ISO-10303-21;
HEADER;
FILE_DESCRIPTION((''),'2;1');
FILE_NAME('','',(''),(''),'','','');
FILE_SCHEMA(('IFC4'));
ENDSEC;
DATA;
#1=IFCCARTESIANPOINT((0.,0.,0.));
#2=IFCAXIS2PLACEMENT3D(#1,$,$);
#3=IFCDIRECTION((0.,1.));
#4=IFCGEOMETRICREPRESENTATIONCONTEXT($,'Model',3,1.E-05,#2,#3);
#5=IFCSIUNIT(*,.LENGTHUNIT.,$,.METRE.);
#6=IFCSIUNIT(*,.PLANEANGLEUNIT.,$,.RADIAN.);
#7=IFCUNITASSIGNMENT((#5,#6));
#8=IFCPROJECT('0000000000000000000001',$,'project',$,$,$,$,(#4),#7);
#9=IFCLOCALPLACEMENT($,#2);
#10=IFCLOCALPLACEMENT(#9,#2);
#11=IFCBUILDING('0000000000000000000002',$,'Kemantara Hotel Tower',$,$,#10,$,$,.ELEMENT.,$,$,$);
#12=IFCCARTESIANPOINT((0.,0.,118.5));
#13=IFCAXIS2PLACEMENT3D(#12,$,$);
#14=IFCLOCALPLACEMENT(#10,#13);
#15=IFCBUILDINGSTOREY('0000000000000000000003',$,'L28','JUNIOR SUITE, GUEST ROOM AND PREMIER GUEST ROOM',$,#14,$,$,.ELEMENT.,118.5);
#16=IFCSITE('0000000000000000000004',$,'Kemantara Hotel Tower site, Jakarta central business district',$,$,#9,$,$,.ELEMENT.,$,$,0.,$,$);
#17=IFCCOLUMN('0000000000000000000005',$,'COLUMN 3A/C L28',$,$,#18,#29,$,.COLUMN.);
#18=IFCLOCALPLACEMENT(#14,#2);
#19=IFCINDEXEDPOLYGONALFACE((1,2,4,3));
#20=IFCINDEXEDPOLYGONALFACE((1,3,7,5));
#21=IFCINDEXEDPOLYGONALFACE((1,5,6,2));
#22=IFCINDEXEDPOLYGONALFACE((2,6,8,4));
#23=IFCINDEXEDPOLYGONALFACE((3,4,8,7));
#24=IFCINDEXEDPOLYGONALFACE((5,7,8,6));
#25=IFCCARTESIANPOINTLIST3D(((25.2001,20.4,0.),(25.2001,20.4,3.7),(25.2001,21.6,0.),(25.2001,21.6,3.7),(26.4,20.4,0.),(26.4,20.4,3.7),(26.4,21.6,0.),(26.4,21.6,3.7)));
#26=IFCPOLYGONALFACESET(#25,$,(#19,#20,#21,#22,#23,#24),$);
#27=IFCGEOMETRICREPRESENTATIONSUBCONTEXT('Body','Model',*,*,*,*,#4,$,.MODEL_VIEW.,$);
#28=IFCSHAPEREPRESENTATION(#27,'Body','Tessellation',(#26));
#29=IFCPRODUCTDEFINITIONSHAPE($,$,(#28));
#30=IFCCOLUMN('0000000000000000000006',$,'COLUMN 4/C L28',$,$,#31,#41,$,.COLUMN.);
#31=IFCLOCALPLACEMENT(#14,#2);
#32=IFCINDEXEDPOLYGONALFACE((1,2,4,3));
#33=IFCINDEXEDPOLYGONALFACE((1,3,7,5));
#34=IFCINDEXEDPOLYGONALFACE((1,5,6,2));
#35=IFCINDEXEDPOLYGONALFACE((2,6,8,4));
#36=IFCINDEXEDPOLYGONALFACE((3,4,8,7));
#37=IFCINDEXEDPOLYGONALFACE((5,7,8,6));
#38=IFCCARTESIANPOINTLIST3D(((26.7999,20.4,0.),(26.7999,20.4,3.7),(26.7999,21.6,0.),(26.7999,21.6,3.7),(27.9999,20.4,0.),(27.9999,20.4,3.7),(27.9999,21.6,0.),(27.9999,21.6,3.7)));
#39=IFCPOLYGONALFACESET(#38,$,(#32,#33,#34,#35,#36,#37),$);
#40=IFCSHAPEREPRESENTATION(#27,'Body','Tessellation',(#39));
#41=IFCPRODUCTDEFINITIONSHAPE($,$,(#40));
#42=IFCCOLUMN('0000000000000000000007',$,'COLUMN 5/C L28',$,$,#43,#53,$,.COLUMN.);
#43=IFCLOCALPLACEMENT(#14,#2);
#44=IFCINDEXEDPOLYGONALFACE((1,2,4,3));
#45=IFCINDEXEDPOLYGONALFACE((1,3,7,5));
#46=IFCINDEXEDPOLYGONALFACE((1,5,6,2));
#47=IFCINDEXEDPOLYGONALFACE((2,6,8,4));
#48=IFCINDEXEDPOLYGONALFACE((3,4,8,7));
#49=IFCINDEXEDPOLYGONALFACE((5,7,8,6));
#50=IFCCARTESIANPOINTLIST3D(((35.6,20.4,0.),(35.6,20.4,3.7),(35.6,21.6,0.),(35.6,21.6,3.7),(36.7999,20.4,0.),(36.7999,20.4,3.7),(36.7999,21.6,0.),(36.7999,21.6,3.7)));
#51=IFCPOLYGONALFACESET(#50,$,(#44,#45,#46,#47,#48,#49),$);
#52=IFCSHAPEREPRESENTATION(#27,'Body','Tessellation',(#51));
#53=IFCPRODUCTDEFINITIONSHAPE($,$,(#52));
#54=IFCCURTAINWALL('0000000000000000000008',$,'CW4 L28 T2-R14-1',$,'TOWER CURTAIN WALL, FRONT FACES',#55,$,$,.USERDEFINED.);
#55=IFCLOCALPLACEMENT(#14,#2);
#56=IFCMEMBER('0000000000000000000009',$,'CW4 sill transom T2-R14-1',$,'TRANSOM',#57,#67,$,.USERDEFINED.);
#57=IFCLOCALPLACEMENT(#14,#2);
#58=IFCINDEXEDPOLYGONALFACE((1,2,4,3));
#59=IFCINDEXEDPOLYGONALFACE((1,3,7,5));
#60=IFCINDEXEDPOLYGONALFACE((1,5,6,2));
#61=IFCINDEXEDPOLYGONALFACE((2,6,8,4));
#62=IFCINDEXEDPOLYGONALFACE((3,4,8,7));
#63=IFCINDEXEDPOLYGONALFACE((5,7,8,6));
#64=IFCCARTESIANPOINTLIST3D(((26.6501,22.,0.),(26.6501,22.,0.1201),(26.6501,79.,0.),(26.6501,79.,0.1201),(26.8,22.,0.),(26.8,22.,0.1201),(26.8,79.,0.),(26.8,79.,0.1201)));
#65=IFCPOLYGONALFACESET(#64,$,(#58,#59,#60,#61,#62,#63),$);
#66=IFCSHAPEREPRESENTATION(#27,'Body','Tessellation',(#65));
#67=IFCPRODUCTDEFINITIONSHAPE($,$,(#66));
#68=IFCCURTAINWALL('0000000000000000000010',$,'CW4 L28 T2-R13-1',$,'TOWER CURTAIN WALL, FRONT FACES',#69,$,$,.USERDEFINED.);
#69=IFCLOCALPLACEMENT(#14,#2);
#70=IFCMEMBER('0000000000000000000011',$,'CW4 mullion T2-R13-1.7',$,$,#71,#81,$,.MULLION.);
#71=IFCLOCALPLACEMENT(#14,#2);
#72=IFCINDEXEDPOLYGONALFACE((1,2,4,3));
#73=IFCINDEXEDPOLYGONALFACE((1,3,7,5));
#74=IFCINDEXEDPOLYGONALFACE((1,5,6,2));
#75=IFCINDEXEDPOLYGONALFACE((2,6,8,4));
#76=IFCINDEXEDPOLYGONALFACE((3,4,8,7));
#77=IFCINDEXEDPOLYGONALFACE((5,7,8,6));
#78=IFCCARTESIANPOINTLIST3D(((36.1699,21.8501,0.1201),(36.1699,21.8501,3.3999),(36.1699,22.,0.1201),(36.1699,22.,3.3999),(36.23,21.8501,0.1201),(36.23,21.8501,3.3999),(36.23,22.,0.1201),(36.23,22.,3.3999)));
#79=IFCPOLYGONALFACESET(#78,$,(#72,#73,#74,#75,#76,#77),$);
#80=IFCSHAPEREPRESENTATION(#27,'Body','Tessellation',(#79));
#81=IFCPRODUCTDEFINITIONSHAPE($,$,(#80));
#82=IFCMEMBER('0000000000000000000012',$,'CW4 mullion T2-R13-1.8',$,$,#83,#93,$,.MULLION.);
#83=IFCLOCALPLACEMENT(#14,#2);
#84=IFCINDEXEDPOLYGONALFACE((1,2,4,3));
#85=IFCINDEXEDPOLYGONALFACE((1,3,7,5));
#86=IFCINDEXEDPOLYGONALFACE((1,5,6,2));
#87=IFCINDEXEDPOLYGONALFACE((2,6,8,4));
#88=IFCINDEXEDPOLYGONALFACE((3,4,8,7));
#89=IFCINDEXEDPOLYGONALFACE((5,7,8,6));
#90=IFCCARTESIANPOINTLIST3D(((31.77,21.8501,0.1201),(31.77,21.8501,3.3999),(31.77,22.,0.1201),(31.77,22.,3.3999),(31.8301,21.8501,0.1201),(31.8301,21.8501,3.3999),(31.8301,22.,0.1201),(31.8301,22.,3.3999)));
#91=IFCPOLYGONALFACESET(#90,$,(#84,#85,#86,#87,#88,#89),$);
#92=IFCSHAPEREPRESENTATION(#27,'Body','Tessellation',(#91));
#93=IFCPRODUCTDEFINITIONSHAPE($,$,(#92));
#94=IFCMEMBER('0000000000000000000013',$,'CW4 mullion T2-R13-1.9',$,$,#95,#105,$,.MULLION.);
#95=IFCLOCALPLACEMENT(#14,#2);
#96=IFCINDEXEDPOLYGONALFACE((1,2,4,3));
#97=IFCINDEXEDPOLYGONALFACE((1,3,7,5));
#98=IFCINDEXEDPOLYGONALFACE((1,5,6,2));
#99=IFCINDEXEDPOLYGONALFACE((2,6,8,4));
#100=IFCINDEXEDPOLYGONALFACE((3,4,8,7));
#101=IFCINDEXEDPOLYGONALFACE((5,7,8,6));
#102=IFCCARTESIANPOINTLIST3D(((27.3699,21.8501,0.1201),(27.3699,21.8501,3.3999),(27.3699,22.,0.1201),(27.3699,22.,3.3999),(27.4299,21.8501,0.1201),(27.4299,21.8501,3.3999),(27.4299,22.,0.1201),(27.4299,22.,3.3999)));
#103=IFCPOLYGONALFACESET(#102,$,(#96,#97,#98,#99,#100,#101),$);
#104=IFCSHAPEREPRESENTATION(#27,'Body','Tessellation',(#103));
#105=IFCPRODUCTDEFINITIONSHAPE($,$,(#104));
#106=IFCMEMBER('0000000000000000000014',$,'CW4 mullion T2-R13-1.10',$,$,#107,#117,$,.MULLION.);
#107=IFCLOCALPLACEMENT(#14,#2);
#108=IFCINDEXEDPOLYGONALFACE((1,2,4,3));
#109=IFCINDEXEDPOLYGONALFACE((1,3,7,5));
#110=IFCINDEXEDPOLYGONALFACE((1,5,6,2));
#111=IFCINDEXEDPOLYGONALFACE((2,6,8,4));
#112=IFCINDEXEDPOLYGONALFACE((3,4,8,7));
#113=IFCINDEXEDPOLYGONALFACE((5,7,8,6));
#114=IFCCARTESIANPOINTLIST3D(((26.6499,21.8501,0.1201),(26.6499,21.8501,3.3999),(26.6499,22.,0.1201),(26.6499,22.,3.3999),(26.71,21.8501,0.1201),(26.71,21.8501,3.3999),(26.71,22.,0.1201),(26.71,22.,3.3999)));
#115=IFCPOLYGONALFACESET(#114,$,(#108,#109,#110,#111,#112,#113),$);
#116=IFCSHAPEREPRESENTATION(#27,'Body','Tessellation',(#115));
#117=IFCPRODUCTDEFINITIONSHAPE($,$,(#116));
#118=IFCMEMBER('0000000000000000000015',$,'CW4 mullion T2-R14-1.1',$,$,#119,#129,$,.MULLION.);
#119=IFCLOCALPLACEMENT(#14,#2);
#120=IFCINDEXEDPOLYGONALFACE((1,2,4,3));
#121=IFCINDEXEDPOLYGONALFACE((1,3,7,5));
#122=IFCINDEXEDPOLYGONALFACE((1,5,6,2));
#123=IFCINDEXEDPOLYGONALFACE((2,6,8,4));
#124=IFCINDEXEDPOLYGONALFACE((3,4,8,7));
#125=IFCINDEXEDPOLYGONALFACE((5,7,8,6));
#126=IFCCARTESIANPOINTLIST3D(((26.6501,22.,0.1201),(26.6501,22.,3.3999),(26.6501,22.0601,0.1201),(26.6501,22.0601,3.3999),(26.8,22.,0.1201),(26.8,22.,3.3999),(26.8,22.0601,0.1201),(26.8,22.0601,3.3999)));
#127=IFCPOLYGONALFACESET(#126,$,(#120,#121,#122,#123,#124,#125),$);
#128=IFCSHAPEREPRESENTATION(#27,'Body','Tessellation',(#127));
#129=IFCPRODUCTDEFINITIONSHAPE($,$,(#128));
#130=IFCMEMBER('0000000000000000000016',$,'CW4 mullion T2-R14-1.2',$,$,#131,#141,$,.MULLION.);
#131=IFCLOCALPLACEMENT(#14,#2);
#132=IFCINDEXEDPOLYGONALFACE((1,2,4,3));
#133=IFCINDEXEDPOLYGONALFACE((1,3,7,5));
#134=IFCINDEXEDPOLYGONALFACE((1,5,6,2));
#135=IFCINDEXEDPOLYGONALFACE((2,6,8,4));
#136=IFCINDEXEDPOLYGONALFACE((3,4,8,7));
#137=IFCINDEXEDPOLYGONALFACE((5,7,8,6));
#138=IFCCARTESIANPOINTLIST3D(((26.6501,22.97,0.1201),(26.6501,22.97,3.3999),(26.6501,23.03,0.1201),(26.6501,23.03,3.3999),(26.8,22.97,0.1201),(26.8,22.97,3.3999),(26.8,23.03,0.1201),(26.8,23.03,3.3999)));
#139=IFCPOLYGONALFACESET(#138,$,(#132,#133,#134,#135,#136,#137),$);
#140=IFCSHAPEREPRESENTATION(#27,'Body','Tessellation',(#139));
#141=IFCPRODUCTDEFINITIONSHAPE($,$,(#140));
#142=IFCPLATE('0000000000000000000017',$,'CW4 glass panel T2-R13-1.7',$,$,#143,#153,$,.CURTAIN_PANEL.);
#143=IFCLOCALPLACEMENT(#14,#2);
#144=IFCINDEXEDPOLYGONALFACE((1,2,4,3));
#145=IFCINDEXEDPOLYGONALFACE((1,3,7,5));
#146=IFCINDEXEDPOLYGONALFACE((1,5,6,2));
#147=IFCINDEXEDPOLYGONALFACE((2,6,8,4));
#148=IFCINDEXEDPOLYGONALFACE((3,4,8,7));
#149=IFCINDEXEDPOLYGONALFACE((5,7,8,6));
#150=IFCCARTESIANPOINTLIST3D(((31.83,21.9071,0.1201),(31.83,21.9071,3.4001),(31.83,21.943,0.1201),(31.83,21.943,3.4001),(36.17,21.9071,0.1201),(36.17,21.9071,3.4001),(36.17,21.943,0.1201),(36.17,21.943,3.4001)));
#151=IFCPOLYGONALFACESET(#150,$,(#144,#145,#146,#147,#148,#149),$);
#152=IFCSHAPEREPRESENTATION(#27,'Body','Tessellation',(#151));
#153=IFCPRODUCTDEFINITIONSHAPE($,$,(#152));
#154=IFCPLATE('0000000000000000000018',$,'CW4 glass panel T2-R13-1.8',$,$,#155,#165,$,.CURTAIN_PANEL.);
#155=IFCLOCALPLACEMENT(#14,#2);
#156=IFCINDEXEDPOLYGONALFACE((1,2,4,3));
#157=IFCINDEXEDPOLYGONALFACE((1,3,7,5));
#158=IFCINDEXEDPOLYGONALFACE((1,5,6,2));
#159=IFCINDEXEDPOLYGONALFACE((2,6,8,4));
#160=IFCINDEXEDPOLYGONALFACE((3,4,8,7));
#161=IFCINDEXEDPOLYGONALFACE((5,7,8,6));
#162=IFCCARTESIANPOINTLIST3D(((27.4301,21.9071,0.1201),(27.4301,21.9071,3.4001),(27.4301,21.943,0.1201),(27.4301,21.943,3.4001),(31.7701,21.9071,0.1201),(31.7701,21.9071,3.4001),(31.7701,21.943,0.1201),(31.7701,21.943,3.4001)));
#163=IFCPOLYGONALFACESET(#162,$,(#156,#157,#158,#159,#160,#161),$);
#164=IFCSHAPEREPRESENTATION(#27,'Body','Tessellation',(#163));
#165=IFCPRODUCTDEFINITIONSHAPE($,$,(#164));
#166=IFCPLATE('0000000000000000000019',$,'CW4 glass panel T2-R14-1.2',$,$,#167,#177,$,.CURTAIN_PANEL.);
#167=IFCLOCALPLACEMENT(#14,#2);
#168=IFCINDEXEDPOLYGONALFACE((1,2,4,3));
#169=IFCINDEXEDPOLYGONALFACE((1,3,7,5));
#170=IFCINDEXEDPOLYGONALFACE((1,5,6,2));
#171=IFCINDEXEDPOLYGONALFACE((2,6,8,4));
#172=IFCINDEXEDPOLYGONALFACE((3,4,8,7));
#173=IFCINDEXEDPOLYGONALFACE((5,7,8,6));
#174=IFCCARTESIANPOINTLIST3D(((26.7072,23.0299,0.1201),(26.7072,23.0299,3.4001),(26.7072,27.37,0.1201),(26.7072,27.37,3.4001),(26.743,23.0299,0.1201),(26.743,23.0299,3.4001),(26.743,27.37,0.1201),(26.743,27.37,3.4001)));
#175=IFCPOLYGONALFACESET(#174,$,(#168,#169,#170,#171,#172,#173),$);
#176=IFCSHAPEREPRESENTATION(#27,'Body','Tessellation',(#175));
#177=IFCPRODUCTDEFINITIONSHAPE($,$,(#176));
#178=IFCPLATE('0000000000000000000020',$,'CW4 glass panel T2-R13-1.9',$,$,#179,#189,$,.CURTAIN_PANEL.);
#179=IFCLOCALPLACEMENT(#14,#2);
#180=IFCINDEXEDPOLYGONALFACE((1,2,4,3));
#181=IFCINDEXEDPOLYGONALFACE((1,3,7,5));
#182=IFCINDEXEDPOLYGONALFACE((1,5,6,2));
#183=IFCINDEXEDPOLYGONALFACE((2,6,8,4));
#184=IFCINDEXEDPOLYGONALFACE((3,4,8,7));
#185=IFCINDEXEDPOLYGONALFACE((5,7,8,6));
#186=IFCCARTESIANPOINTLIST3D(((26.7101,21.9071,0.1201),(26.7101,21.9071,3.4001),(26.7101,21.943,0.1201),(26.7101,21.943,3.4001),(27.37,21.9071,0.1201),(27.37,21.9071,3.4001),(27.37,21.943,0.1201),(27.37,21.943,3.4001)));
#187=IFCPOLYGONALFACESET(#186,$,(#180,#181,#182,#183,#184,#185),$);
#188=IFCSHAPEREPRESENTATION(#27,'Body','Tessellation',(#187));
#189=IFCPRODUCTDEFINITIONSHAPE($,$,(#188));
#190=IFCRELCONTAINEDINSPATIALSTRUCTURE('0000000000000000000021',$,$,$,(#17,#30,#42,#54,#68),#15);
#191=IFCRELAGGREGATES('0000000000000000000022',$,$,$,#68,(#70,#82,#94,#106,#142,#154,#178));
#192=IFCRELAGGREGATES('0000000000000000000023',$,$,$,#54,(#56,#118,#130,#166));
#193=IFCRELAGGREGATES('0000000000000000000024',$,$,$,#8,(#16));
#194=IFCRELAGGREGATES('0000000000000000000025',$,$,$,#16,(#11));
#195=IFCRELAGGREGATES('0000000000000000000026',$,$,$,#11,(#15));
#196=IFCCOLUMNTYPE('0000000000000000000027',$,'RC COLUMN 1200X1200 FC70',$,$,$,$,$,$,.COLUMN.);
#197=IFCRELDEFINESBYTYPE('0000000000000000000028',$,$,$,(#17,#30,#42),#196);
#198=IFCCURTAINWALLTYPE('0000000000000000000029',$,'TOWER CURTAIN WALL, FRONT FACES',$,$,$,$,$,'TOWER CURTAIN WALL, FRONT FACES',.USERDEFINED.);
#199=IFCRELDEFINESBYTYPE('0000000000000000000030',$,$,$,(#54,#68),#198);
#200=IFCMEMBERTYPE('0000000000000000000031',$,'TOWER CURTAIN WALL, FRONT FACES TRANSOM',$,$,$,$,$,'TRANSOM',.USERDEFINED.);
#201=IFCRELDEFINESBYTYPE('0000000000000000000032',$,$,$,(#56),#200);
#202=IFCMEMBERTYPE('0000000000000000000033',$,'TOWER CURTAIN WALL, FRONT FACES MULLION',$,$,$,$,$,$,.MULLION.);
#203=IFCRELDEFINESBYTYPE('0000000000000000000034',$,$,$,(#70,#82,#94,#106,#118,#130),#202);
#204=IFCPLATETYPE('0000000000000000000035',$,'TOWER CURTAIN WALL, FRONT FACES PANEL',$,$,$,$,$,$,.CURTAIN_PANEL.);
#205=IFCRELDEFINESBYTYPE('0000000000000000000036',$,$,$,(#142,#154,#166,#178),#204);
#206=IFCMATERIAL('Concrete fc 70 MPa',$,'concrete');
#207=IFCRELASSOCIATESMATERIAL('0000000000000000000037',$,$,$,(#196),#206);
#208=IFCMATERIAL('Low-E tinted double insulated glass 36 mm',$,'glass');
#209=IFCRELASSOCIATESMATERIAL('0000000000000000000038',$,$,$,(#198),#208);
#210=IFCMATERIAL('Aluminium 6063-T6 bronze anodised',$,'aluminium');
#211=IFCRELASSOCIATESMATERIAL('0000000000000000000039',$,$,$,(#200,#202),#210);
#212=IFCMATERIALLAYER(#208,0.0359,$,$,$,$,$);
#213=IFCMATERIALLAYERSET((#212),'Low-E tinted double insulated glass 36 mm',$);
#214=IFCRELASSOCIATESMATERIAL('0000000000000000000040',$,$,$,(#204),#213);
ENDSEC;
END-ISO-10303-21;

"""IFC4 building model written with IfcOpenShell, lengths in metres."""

from ifc_helpers import new_model, si_unit, direction, frame, origin, origin_2d, place, context, subcontext, project, spatial, rectangle, extrude, source, transform, mapped, material, layer, layer_set, material_profile, profile_set, type_object, element, aggregate, save


model = new_model("IFC4")

# Units and contexts
model_context = context("Model", 3, precision=1e-05, world=origin(), true_north=direction((0.0, 1.0)))
body_context = subcontext(model_context, "Body", "Model", "MODEL_VIEW")
ifc_project = project(units=[si_unit("LENGTHUNIT", "METRE"), si_unit("PLANEANGLEUNIT", "RADIAN")], contexts=[model_context])

# Site, building, storey
site_placement = place(None, origin())
site = spatial("IfcSite", under=ifc_project, at=site_placement, Name="Kemantara Hotel Tower site, Jakarta central business district", CompositionType="ELEMENT", RefElevation=0.0)
building_placement = place(site_placement, origin())
building = spatial("IfcBuilding", under=site, at=building_placement, Name="Kemantara Hotel Tower", CompositionType="ELEMENT")
storey_placement = place(building_placement, frame((0.0, 0.0, 118.5)))
storey = spatial("IfcBuildingStorey", under=building, at=storey_placement, Name="L28", Description="JUNIOR SUITE, GUEST ROOM AND PREMIER GUEST ROOM", CompositionType="ELEMENT", Elevation=118.5)

# Columns
ifc_material_1 = material(Name="Concrete fc 70 MPa", Category="concrete")
ifc_material_profile_1 = material_profile(ifc_material_1, rectangle(XDim=1.2, YDim=1.2, at=origin_2d()), Name="RC 1200X1200")
ifc_profile_set_1 = profile_set([ifc_material_profile_1], Name="Concrete fc 70 MPa")
column_type = type_object("IfcColumnType", Name="RC COLUMN 1200X1200 FC70", PredefinedType="COLUMN", material=ifc_profile_set_1)
for number, where, z_axis, x_axis, name in (
    (1, (25.8, 21.0, 0.0), (0.0, 0.0, 1.0), (1.0, 0.0, 0.0), "COLUMN 3A/C L28"),
    (2, (27.3999, 21.0, 0.0), (0.0, 0.0, 1.0), (1.0, 0.0, 0.0), "COLUMN 4/C L28"),
    (3, (36.2, 21.0, 0.0), (0.0, 0.0, 1.0), (1.0, 0.0, 0.0), "COLUMN 5/C L28"),
):
    element("IfcColumn", number, at=place(storey_placement, frame(where, z_axis=z_axis, x_axis=x_axis)), inside=storey, type_object=column_type, Name=name, PredefinedType="COLUMN", context=body_context, shape_type="SweptSolid", body=[
        extrude(rectangle(XDim=1.2, YDim=1.2, at=origin_2d()), origin(), (0.0, 0.0, 1.0), 3.7),
    ])

# Curtain wall, member
ifc_material_2 = material(Name="Low-E tinted double insulated glass 36 mm", Category="glass")
curtain_wall_type = type_object("IfcCurtainWallType", Name="TOWER CURTAIN WALL, FRONT FACES", ElementType="TOWER CURTAIN WALL, FRONT FACES", PredefinedType="USERDEFINED", material=ifc_material_2)
curtain_wall_1_placement = place(storey_placement, origin())
curtain_wall_1 = element("IfcCurtainWall", 4, at=curtain_wall_1_placement, inside=storey, type_object=curtain_wall_type, Name="CW4 L28 T2-R14-1", ObjectType="TOWER CURTAIN WALL, FRONT FACES", PredefinedType="USERDEFINED")
ifc_material_3 = material(Name="Aluminium 6063-T6 bronze anodised", Category="aluminium")
ifc_material_profile_2 = material_profile(ifc_material_3, rectangle(XDim=0.1499, YDim=0.1201, at=origin_2d()), Name="TOWER CURTAIN WALL, FRONT FACES TRANSOM")
ifc_profile_set_2 = profile_set([ifc_material_profile_2], Name="Aluminium 6063-T6 bronze anodised")
member_type_1 = type_object("IfcMemberType", Name="TOWER CURTAIN WALL, FRONT FACES TRANSOM", ElementType="TRANSOM", PredefinedType="USERDEFINED", material=ifc_profile_set_2)
member_1_placement = place(storey_placement, frame((26.7251, 22.0, 0.0601), z_axis=(0.0, 1.0, 0.0), x_axis=(-1.0, 0.0, 0.0)))
member_1 = element("IfcMember", 5, at=member_1_placement, type_object=member_type_1, Name="CW4 sill transom T2-R14-1", ObjectType="TRANSOM", PredefinedType="USERDEFINED", context=body_context, shape_type="SweptSolid", body=[
    extrude(rectangle(XDim=0.1499, YDim=0.1201, at=origin_2d()), origin(), (0.0, 0.0, 1.0), 57.0),
])

# Curtain wall, members
curtain_wall_2_placement = place(storey_placement, origin())
curtain_wall_2 = element("IfcCurtainWall", 6, at=curtain_wall_2_placement, inside=storey, type_object=curtain_wall_type, Name="CW4 L28 T2-R13-1", ObjectType="TOWER CURTAIN WALL, FRONT FACES", PredefinedType="USERDEFINED")
ifc_material_profile_3 = material_profile(ifc_material_3, rectangle(XDim=0.1499, YDim=0.0601, at=origin_2d()), Name="TOWER CURTAIN WALL, FRONT FACES MULLION")
ifc_profile_set_3 = profile_set([ifc_material_profile_3], Name="Aluminium 6063-T6 bronze anodised")
member_type_2 = type_object("IfcMemberType", Name="TOWER CURTAIN WALL, FRONT FACES MULLION", PredefinedType="MULLION", material=ifc_profile_set_3)
shared_shape_1 = source(origin(), body_context, "Body", "SweptSolid", [
    extrude(rectangle(XDim=0.1499, YDim=0.0601, at=origin_2d()), origin(), (0.0, 0.0, 1.0), 3.2798),
])
member_2_placement = place(storey_placement, frame((36.2, 21.925, 0.1201), z_axis=(0.0, 0.0, 1.0), x_axis=(0.0, -1.0, 0.0)))
member_2 = element("IfcMember", 7, at=member_2_placement, type_object=member_type_2, Name="CW4 mullion T2-R13-1.7", PredefinedType="MULLION", context=body_context, shape_type="MappedRepresentation", body=[
    mapped(shared_shape_1, transform((0.0, 0.0, 0.0))),
])
member_3_placement = place(storey_placement, frame((31.8, 21.925, 0.1201), z_axis=(0.0, 0.0, 1.0), x_axis=(0.0, -1.0, 0.0)))
member_3 = element("IfcMember", 8, at=member_3_placement, type_object=member_type_2, Name="CW4 mullion T2-R13-1.8", PredefinedType="MULLION", context=body_context, shape_type="MappedRepresentation", body=[
    mapped(shared_shape_1, transform((0.0, 0.0, 0.0))),
])
member_4_placement = place(storey_placement, frame((27.3999, 21.925, 0.1201), z_axis=(0.0, 0.0, 1.0), x_axis=(0.0, -1.0, 0.0)))
member_4 = element("IfcMember", 9, at=member_4_placement, type_object=member_type_2, Name="CW4 mullion T2-R13-1.9", PredefinedType="MULLION", context=body_context, shape_type="MappedRepresentation", body=[
    mapped(shared_shape_1, transform((0.0, 0.0, 0.0))),
])
member_5_placement = place(storey_placement, frame((26.6799, 21.925, 0.1201), z_axis=(0.0, 0.0, 1.0), x_axis=(0.0, -1.0, 0.0)))
member_5 = element("IfcMember", 10, at=member_5_placement, type_object=member_type_2, Name="CW4 mullion T2-R13-1.10", PredefinedType="MULLION", context=body_context, shape_type="MappedRepresentation", body=[
    mapped(shared_shape_1, transform((0.0, 0.0, 0.0))),
])

# Members
member_6_placement = place(storey_placement, frame((26.7251, 22.03, 0.1201), z_axis=(0.0, 0.0, 1.0), x_axis=(-1.0, 0.0, 0.0)))
member_6 = element("IfcMember", 11, at=member_6_placement, type_object=member_type_2, Name="CW4 mullion T2-R14-1.1", PredefinedType="MULLION", context=body_context, shape_type="MappedRepresentation", body=[
    mapped(shared_shape_1, transform((0.0, 0.0, 0.0))),
])
member_7_placement = place(storey_placement, frame((26.7251, 23.0, 0.1201), z_axis=(0.0, 0.0, 1.0), x_axis=(-1.0, 0.0, 0.0)))
member_7 = element("IfcMember", 12, at=member_7_placement, type_object=member_type_2, Name="CW4 mullion T2-R14-1.2", PredefinedType="MULLION", context=body_context, shape_type="MappedRepresentation", body=[
    mapped(shared_shape_1, transform((0.0, 0.0, 0.0))),
])

# Plates
ifc_layer_1 = layer(ifc_material_2, 0.0359)
ifc_layer_set_1 = layer_set([ifc_layer_1], Name="Low-E tinted double insulated glass 36 mm")
plate_type = type_object("IfcPlateType", Name="TOWER CURTAIN WALL, FRONT FACES PANEL", PredefinedType="CURTAIN_PANEL", material=ifc_layer_set_1)
shared_shape_2 = source(origin(), body_context, "Body", "SweptSolid", [
    extrude(rectangle(XDim=4.3401, YDim=0.0359, at=origin_2d()), origin(), (0.0, 0.0, 1.0), 3.28),
])
plate_1_placement = place(storey_placement, frame((34.0, 21.925, 0.1201), z_axis=(0.0, 0.0, 1.0), x_axis=(-1.0, 0.0, 0.0)))
plate_1 = element("IfcPlate", 13, at=plate_1_placement, type_object=plate_type, Name="CW4 glass panel T2-R13-1.7", PredefinedType="CURTAIN_PANEL", context=body_context, shape_type="MappedRepresentation", body=[
    mapped(shared_shape_2, transform((0.0, 0.0, 0.0))),
])
plate_2_placement = place(storey_placement, frame((29.6001, 21.925, 0.1201), z_axis=(0.0, 0.0, 1.0), x_axis=(-1.0, 0.0, 0.0)))
plate_2 = element("IfcPlate", 14, at=plate_2_placement, type_object=plate_type, Name="CW4 glass panel T2-R13-1.8", PredefinedType="CURTAIN_PANEL", context=body_context, shape_type="MappedRepresentation", body=[
    mapped(shared_shape_2, transform((0.0, 0.0, 0.0))),
])
plate_3_placement = place(storey_placement, frame((26.7251, 25.2, 0.1201), z_axis=(0.0, 0.0, 1.0), x_axis=(0.0, 1.0, 0.0)))
plate_3 = element("IfcPlate", 15, at=plate_3_placement, type_object=plate_type, Name="CW4 glass panel T2-R14-1.2", PredefinedType="CURTAIN_PANEL", context=body_context, shape_type="MappedRepresentation", body=[
    mapped(shared_shape_2, transform((0.0, 0.0, 0.0))),
])
shared_shape_3 = source(origin(), body_context, "Body", "SweptSolid", [
    extrude(rectangle(XDim=0.6599, YDim=0.0359, at=origin_2d()), origin(), (0.0, 0.0, 1.0), 3.28),
])
plate_4_placement = place(storey_placement, frame((27.04, 21.925, 0.1201), z_axis=(0.0, 0.0, 1.0), x_axis=(-1.0, 0.0, 0.0)))
plate_4 = element("IfcPlate", 16, at=plate_4_placement, type_object=plate_type, Name="CW4 glass panel T2-R13-1.9", PredefinedType="CURTAIN_PANEL", context=body_context, shape_type="MappedRepresentation", body=[
    mapped(shared_shape_3, transform((0.0, 0.0, 0.0))),
])
aggregate(curtain_wall_2, [member_2, member_3, member_4, member_5, plate_1, plate_2, plate_4])
aggregate(curtain_wall_1, [member_1, member_6, member_7, plate_3])

save(model, "model.ifc")
